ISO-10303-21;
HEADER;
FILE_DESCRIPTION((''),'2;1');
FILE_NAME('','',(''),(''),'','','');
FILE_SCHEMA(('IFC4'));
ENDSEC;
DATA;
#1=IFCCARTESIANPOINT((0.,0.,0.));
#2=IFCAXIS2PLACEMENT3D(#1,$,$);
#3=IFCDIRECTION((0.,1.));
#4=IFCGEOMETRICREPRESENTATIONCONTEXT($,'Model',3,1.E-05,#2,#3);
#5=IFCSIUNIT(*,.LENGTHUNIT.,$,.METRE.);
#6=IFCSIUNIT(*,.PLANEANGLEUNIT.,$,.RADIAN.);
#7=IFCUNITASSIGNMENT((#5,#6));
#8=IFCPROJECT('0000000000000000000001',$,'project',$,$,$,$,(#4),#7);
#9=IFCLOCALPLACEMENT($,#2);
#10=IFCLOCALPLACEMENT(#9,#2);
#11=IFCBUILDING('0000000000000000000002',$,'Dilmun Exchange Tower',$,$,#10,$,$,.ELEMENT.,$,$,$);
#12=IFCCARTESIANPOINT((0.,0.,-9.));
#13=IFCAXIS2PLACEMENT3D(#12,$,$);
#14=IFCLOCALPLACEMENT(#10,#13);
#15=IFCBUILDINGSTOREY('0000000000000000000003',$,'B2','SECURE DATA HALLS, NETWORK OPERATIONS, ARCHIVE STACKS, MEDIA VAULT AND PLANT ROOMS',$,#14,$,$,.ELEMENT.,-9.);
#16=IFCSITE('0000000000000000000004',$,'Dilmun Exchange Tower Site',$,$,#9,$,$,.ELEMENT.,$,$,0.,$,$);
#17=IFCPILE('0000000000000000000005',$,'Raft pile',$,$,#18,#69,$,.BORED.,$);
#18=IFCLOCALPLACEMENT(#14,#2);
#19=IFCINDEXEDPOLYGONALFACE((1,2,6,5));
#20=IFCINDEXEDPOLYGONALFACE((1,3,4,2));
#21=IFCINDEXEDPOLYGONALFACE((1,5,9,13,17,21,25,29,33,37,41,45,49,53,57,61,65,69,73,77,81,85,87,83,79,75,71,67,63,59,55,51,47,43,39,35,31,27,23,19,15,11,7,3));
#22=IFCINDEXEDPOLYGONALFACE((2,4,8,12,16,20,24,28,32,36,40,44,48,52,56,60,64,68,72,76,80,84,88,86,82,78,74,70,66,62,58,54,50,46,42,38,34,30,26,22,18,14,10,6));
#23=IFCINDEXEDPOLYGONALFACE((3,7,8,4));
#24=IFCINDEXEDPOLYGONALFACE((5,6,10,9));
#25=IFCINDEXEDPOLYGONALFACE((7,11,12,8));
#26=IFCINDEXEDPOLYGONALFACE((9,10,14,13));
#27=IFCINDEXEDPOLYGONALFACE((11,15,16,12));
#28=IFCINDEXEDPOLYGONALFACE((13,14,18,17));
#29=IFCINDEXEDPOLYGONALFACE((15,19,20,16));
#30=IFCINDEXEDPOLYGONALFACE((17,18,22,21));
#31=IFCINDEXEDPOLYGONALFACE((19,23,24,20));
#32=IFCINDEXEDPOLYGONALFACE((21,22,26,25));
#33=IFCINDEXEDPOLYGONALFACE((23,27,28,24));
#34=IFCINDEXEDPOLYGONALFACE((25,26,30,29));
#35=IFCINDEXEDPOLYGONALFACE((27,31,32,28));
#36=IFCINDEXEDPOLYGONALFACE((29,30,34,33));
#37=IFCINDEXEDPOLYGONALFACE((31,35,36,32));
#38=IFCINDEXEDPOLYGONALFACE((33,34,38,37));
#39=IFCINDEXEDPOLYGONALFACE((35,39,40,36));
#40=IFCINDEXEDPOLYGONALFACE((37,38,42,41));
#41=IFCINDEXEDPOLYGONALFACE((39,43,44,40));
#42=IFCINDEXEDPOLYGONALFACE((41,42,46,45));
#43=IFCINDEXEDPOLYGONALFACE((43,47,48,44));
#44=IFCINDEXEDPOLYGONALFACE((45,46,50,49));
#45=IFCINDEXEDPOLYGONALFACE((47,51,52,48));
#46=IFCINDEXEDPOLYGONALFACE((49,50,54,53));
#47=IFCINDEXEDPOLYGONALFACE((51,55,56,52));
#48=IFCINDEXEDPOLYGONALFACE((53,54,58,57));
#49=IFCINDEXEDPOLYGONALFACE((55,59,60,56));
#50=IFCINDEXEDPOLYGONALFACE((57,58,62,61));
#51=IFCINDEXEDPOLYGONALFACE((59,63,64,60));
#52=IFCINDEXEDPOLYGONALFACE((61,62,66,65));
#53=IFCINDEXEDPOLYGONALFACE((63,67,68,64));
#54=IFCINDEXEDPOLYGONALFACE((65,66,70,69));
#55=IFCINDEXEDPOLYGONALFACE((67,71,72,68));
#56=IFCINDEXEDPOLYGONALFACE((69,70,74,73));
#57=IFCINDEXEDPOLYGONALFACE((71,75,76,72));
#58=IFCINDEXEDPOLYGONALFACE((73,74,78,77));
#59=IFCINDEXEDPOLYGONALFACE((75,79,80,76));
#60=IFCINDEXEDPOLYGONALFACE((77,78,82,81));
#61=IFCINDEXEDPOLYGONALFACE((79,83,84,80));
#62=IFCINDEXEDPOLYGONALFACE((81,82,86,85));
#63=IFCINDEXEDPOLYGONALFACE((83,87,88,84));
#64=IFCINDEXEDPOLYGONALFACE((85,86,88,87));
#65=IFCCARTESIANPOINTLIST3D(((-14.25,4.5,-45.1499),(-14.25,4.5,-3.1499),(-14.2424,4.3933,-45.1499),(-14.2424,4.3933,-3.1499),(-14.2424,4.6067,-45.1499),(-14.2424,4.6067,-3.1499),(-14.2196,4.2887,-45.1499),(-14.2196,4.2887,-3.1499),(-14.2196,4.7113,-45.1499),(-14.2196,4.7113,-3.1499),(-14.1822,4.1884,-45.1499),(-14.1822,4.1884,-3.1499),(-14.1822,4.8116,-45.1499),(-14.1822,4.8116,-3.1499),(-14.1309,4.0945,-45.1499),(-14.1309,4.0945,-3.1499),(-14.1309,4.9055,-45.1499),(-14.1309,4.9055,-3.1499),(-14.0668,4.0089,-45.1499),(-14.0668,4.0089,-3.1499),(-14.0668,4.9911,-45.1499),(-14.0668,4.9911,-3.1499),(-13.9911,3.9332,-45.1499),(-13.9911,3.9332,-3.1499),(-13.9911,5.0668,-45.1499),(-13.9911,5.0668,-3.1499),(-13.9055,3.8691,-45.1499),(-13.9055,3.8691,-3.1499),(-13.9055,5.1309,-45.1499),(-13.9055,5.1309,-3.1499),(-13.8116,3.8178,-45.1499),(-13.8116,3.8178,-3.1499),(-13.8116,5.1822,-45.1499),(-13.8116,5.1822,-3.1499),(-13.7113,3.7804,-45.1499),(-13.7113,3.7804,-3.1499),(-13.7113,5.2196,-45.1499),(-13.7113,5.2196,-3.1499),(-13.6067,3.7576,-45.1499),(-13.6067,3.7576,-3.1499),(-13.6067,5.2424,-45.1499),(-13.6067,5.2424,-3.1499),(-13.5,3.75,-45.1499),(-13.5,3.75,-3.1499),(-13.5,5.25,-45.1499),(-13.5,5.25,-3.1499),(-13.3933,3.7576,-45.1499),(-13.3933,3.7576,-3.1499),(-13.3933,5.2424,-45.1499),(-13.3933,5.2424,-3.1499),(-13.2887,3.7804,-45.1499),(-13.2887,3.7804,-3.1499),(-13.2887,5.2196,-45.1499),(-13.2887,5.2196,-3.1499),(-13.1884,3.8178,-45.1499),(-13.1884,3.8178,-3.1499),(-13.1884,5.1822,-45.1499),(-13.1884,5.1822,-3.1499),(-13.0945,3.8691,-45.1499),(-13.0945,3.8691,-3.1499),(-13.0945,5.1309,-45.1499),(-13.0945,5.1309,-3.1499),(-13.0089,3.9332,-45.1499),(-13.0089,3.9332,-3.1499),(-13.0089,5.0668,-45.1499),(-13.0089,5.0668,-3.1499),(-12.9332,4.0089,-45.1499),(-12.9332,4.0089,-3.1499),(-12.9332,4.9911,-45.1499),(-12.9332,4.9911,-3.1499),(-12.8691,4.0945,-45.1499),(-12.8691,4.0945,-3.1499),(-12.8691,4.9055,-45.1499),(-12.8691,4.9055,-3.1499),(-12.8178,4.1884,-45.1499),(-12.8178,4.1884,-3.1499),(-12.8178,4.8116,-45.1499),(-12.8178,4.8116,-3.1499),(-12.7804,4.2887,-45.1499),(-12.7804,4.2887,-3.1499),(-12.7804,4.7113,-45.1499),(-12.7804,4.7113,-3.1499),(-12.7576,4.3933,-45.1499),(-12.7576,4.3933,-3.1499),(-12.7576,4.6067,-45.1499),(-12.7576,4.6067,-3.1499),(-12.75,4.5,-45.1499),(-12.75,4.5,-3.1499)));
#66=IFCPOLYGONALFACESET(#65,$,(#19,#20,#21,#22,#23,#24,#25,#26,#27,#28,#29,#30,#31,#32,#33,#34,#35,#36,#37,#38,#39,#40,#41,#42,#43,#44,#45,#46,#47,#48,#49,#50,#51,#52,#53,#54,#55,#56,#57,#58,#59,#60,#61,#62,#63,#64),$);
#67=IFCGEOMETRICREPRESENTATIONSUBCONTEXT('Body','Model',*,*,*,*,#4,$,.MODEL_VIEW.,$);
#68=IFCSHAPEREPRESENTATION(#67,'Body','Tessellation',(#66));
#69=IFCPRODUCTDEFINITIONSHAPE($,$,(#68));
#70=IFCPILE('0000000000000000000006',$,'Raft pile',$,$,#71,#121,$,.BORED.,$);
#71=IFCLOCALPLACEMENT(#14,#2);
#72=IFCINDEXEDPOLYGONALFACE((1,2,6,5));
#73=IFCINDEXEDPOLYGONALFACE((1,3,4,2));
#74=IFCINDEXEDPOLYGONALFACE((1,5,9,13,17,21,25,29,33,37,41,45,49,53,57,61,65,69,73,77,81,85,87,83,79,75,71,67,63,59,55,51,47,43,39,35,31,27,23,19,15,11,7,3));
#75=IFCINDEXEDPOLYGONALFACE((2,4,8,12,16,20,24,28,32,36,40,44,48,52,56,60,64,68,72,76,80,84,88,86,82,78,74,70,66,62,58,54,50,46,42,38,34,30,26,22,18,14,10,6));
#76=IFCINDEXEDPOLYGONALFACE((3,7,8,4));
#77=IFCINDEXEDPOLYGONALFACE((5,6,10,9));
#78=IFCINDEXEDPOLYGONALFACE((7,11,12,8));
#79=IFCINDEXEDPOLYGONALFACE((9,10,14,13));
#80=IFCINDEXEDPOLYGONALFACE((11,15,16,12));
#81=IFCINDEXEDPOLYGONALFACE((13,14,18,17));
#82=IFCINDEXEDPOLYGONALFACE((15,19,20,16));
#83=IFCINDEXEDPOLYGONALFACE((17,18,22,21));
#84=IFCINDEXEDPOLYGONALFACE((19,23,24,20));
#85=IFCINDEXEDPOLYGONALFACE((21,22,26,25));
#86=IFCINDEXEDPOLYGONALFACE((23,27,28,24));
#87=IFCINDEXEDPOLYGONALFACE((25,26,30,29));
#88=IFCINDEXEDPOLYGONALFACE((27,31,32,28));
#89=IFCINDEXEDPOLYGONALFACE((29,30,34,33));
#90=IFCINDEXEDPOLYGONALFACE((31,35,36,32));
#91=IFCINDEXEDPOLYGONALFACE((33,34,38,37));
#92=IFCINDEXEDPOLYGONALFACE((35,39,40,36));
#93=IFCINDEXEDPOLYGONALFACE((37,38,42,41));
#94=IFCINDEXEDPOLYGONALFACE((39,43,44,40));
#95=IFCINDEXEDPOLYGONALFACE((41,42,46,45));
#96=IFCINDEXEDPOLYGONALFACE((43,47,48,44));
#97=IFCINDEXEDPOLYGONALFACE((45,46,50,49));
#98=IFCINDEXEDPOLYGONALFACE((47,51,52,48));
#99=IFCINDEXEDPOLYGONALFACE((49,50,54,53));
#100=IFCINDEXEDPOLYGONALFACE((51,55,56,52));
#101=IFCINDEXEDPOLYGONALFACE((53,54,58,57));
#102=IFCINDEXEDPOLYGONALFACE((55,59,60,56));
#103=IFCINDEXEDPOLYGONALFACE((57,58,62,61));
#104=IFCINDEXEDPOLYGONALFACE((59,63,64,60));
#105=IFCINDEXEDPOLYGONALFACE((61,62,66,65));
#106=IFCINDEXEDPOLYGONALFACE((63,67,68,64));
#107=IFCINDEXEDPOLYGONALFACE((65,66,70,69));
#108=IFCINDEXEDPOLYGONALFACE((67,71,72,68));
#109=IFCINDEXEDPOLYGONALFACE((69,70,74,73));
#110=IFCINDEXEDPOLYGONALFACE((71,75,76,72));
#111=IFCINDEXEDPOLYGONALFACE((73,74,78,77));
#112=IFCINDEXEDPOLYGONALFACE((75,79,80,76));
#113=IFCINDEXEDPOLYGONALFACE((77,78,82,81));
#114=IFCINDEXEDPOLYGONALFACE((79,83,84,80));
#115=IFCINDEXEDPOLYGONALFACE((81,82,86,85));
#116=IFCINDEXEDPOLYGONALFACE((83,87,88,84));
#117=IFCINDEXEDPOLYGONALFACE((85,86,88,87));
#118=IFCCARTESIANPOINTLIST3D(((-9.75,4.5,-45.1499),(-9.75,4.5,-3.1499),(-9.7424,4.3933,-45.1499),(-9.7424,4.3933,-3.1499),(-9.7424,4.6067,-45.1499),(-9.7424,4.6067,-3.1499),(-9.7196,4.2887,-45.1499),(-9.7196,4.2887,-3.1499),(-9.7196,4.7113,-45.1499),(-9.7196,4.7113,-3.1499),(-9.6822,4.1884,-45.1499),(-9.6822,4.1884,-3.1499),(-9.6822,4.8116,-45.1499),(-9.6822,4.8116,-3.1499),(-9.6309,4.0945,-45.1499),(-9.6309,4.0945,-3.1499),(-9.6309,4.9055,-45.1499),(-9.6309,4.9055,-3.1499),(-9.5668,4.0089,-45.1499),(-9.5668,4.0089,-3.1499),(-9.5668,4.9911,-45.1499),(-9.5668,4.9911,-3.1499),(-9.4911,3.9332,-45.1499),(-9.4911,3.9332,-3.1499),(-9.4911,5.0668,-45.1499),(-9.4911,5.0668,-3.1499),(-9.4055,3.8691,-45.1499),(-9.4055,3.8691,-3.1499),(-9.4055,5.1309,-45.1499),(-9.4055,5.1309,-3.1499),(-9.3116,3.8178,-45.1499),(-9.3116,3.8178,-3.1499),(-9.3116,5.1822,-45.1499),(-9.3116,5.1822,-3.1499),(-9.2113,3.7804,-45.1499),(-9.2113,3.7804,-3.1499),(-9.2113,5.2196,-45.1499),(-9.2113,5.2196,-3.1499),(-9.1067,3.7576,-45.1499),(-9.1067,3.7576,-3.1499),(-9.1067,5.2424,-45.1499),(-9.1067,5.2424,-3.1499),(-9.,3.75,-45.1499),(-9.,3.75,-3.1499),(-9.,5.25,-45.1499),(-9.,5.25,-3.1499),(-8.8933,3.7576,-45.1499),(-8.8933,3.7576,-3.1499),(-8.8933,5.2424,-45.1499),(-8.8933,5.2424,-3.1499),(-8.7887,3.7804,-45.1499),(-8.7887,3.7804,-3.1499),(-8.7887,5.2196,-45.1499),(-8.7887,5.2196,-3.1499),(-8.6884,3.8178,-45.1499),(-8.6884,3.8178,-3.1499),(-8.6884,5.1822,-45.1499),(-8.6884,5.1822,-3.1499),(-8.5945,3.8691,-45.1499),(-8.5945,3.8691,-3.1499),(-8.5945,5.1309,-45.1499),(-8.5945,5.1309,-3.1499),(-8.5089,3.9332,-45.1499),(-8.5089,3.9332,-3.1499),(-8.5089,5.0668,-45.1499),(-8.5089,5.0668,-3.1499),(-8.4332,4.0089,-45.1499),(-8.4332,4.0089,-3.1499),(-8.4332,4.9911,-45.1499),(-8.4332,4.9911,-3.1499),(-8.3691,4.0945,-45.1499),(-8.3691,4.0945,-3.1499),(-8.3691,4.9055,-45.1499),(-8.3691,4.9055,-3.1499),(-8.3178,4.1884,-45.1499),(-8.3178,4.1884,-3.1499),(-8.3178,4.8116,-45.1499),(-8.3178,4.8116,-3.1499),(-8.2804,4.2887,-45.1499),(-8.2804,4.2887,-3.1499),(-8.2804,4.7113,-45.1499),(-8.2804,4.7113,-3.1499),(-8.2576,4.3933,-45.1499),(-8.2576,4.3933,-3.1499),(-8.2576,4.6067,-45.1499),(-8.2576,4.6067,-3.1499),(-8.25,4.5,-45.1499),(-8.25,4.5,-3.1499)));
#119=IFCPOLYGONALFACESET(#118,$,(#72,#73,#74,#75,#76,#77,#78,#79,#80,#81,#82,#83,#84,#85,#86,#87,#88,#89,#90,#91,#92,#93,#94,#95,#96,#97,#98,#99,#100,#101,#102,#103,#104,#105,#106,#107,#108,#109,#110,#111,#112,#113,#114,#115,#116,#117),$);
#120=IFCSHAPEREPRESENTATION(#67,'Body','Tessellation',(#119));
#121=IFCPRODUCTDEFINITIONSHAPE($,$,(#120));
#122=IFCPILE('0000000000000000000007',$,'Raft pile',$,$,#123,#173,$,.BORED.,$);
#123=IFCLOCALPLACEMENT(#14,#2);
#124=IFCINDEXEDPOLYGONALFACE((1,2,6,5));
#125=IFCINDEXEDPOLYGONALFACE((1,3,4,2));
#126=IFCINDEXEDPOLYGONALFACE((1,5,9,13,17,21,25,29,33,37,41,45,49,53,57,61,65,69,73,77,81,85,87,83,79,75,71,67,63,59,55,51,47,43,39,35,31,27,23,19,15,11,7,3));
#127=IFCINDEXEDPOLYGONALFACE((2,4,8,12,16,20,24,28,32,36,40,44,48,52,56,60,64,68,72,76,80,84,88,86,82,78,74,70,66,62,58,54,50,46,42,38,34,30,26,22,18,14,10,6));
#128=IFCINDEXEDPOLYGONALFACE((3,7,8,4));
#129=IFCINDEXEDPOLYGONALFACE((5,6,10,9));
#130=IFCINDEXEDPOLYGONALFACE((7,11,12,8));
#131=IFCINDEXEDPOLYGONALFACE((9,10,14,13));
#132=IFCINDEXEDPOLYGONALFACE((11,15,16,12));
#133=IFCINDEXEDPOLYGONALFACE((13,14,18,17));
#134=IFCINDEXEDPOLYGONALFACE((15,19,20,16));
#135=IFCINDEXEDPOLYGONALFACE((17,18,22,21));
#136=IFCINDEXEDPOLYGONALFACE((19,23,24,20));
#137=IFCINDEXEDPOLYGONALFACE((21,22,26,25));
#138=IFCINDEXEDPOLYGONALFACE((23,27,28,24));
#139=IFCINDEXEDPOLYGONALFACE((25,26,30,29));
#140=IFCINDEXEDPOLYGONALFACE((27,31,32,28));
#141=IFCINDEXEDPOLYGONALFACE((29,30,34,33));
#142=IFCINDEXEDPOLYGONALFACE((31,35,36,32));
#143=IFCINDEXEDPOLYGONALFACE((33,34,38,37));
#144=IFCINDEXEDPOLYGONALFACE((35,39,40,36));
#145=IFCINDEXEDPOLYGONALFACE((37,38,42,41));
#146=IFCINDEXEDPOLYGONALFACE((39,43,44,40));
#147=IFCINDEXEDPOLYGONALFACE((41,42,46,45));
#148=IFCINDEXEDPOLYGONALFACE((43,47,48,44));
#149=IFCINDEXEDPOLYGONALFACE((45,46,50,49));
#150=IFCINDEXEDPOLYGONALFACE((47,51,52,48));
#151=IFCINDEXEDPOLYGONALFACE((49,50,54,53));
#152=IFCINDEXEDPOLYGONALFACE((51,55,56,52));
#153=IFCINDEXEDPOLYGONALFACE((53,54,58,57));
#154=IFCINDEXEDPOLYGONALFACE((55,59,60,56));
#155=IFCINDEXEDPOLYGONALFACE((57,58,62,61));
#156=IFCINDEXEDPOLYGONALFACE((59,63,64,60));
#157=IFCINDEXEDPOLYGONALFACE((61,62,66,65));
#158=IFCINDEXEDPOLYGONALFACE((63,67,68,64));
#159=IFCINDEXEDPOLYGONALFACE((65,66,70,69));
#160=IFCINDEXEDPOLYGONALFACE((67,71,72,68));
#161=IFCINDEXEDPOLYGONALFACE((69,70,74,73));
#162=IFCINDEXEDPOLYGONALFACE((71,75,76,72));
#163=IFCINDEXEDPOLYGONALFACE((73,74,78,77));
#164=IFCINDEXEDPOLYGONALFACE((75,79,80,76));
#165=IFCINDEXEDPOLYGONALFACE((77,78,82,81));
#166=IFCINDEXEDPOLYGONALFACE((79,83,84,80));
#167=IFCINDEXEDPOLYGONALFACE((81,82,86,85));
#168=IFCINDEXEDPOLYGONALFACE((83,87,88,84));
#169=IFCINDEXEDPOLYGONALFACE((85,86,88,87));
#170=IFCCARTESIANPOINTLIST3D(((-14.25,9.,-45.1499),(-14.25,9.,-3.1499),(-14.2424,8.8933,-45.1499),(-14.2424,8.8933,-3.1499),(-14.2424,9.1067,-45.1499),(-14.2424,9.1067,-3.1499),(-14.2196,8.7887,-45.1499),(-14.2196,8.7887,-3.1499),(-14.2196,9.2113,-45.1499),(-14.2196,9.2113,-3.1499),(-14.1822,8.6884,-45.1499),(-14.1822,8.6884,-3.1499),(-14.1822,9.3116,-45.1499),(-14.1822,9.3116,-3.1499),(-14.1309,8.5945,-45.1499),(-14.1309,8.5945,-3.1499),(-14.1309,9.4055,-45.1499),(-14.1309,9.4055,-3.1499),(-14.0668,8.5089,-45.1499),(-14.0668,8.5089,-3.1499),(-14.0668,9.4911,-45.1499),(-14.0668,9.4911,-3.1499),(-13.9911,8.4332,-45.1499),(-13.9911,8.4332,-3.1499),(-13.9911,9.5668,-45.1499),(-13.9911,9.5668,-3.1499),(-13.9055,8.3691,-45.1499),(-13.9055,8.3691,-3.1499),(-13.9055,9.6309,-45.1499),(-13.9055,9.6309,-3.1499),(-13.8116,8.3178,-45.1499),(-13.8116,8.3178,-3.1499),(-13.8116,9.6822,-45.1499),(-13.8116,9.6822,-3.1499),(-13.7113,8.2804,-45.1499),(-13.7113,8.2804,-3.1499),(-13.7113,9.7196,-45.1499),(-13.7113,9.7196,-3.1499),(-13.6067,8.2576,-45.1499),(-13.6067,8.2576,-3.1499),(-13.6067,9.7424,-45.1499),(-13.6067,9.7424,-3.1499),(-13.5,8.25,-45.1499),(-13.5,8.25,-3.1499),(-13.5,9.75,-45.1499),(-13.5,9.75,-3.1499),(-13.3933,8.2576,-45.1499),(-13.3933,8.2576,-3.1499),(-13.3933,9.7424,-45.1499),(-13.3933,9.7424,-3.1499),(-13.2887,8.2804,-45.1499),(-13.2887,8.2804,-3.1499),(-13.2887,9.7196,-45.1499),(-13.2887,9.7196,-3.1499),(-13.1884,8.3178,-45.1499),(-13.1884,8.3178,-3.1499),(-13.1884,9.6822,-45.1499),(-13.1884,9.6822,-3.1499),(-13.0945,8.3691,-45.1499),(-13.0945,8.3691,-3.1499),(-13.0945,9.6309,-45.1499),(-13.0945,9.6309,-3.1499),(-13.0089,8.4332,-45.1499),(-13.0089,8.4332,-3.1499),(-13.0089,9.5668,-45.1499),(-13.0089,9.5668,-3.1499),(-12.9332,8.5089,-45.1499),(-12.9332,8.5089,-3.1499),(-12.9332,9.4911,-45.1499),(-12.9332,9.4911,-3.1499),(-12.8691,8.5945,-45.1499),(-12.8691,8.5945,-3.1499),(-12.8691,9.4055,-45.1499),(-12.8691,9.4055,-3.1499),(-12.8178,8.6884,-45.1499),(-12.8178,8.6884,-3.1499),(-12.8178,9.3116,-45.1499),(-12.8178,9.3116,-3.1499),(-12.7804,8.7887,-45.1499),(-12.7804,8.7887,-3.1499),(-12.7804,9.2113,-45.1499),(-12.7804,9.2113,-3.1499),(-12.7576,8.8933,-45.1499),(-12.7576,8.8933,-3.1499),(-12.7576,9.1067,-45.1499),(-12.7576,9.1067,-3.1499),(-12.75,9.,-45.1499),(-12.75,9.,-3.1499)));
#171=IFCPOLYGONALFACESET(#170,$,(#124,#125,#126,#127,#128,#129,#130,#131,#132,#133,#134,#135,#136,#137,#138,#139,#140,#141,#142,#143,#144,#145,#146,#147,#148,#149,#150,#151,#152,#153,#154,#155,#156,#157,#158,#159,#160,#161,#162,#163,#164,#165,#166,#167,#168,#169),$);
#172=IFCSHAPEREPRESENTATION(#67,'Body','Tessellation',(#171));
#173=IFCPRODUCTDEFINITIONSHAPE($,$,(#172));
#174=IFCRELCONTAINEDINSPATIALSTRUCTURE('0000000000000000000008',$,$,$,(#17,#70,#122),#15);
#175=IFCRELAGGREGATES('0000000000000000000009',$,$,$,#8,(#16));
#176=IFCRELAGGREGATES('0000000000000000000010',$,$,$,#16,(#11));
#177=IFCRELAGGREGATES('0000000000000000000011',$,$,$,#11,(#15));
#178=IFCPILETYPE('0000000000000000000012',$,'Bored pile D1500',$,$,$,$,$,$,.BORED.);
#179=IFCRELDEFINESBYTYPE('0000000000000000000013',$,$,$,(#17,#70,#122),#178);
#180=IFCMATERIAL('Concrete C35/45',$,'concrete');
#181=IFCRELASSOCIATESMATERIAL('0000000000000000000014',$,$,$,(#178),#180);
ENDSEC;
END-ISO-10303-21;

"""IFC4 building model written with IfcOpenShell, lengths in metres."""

from ifc_helpers import new_model, si_unit, direction, frame, origin, origin_2d, place, context, subcontext, project, spatial, circle, extrude, material, material_profile, profile_set, type_object, element, save


model = new_model("IFC4")

# Units and contexts
model_context = context("Model", 3, precision=1e-05, world=origin(), true_north=direction((0.0, 1.0)))
body_context = subcontext(model_context, "Body", "Model", "MODEL_VIEW")
ifc_project = project(units=[si_unit("LENGTHUNIT", "METRE"), si_unit("PLANEANGLEUNIT", "RADIAN")], contexts=[model_context])

# Site, building, storey
site_placement = place(None, origin())
site = spatial("IfcSite", under=ifc_project, at=site_placement, Name="Dilmun Exchange Tower Site", CompositionType="ELEMENT", RefElevation=0.0)
building_placement = place(site_placement, origin())
building = spatial("IfcBuilding", under=site, at=building_placement, Name="Dilmun Exchange Tower", CompositionType="ELEMENT")
storey_placement = place(building_placement, frame((0.0, 0.0, -9.0)))
storey = spatial("IfcBuildingStorey", under=building, at=storey_placement, Name="B2", Description="SECURE DATA HALLS, NETWORK OPERATIONS, ARCHIVE STACKS, MEDIA VAULT AND PLANT ROOMS", CompositionType="ELEMENT", Elevation=-9.0)

# Piles
ifc_material_1 = material(Name="Concrete C35/45", Category="concrete")
ifc_material_profile_1 = material_profile(ifc_material_1, circle(Radius=0.75, at=origin_2d()), Name="D1500")
ifc_profile_set_1 = profile_set([ifc_material_profile_1], Name="Concrete C35/45")
pile_type = type_object("IfcPileType", Name="Bored pile D1500", PredefinedType="BORED", material=ifc_profile_set_1)
for number, where, z_axis, x_axis, name in (
    (1, (-13.5, 4.5, -3.1499), (0.0, 0.0, -1.0), (1.0, 0.0, 0.0), "Raft pile"),
    (2, (-9.0, 4.5, -3.1499), (0.0, 0.0, -1.0), (1.0, 0.0, 0.0), "Raft pile"),
    (3, (-13.5, 9.0, -3.1499), (0.0, 0.0, -1.0), (1.0, 0.0, 0.0), "Raft pile"),
):
    element("IfcPile", number, at=place(storey_placement, frame(where, z_axis=z_axis, x_axis=x_axis)), inside=storey, type_object=pile_type, Name=name, PredefinedType="BORED", context=body_context, shape_type="SweptSolid", body=[
        extrude(circle(Radius=0.75, at=origin_2d()), origin(), (0.0, 0.0, 1.0), 42.0),
    ])

save(model, "model.ifc")
